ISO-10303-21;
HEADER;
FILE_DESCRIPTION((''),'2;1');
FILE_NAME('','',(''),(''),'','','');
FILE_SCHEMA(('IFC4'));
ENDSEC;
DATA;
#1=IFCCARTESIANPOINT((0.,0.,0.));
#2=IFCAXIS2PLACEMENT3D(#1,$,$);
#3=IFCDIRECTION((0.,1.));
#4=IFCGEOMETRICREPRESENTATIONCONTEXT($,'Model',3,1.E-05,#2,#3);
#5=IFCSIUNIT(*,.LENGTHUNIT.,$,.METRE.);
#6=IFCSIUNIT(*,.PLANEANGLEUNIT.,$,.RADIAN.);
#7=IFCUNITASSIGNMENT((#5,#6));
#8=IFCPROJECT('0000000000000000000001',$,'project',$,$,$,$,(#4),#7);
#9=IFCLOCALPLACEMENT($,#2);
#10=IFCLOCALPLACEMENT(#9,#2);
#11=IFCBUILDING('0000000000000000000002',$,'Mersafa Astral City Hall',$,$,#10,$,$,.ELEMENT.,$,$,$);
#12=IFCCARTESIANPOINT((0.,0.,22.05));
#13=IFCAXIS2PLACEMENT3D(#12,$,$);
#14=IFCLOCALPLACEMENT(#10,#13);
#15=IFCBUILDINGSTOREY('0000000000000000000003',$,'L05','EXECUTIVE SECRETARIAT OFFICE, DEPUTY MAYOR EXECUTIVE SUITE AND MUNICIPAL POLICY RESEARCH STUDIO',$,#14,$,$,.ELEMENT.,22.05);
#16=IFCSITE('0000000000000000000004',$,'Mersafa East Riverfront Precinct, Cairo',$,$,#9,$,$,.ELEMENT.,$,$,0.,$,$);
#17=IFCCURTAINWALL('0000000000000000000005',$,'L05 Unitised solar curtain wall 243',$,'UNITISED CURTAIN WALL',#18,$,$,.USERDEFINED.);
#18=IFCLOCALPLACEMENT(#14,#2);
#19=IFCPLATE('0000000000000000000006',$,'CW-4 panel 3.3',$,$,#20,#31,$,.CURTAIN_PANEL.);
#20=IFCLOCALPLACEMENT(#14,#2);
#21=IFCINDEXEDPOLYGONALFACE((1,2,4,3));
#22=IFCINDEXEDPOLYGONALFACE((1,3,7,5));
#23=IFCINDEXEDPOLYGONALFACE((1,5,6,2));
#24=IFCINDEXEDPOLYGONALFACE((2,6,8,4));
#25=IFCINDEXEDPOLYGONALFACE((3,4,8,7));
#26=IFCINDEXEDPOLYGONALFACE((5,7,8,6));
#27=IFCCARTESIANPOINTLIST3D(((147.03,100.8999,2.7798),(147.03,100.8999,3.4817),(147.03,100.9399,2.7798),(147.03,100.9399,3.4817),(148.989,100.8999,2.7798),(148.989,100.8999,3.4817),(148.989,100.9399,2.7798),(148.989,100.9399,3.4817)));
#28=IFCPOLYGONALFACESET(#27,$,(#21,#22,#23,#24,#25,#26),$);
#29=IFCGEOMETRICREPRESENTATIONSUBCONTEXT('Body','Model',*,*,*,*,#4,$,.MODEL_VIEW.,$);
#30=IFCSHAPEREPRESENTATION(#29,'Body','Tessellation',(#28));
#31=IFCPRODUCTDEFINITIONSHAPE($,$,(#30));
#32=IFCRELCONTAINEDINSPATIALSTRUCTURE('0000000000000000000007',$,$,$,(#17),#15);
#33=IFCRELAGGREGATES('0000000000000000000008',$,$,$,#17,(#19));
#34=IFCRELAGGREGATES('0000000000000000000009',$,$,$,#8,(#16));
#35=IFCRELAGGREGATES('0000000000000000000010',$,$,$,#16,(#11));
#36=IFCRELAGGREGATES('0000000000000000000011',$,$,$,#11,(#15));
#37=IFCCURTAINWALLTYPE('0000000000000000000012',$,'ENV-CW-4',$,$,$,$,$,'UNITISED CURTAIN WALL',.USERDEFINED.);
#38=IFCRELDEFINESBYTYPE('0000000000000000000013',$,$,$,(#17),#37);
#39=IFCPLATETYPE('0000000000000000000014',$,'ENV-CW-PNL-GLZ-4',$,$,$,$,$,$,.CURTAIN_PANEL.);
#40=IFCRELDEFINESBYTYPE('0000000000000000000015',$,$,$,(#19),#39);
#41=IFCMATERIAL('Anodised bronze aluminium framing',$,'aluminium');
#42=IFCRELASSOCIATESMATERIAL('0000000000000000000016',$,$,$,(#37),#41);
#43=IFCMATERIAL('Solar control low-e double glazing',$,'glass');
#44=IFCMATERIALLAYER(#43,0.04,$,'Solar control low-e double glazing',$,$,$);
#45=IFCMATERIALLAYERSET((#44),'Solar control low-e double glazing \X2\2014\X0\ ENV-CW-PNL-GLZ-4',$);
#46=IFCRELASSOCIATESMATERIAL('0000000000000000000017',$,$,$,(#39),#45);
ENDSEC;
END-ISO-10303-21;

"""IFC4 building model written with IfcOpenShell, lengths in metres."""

from ifc_helpers import new_model, si_unit, direction, frame, origin, origin_2d, place, context, subcontext, project, spatial, rectangle, extrude, material, layer, layer_set, type_object, element, aggregate, save


model = new_model("IFC4")

# Units and contexts
model_context = context("Model", 3, precision=1e-05, world=origin(), true_north=direction((0.0, 1.0)))
body_context = subcontext(model_context, "Body", "Model", "MODEL_VIEW")
ifc_project = project(units=[si_unit("LENGTHUNIT", "METRE"), si_unit("PLANEANGLEUNIT", "RADIAN")], contexts=[model_context])

# Site, building, storey
site_placement = place(None, origin())
site = spatial("IfcSite", under=ifc_project, at=site_placement, Name="Mersafa East Riverfront Precinct, Cairo", CompositionType="ELEMENT", RefElevation=0.0)
building_placement = place(site_placement, origin())
building = spatial("IfcBuilding", under=site, at=building_placement, Name="Mersafa Astral City Hall", CompositionType="ELEMENT")
storey_placement = place(building_placement, frame((0.0, 0.0, 22.05)))
storey = spatial("IfcBuildingStorey", under=building, at=storey_placement, Name="L05", Description="EXECUTIVE SECRETARIAT OFFICE, DEPUTY MAYOR EXECUTIVE SUITE AND MUNICIPAL POLICY RESEARCH STUDIO", CompositionType="ELEMENT", Elevation=22.05)

# Curtain wall, plate
ifc_material_1 = material(Name="Anodised bronze aluminium framing", Category="aluminium")
curtain_wall_type = type_object("IfcCurtainWallType", Name="ENV-CW-4", ElementType="UNITISED CURTAIN WALL", PredefinedType="USERDEFINED", material=ifc_material_1)
curtain_wall_placement = place(storey_placement, origin())
curtain_wall = element("IfcCurtainWall", 1, at=curtain_wall_placement, inside=storey, type_object=curtain_wall_type, Name="L05 Unitised solar curtain wall 243", ObjectType="UNITISED CURTAIN WALL", PredefinedType="USERDEFINED")
ifc_material_2 = material(Name="Solar control low-e double glazing", Category="glass")
ifc_layer = layer(ifc_material_2, 0.04, Name="Solar control low-e double glazing")
ifc_layer_set = layer_set([ifc_layer], Name="Solar control low-e double glazing — ENV-CW-PNL-GLZ-4")
plate_type = type_object("IfcPlateType", Name="ENV-CW-PNL-GLZ-4", PredefinedType="CURTAIN_PANEL", material=ifc_layer_set)
plate_1_placement = place(storey_placement, frame((148.0095, 100.9199, 2.7798), z_axis=(0.0, 0.0, 1.0), x_axis=(1.0, 0.0, 0.0)))
plate_1 = element("IfcPlate", 2, at=plate_1_placement, type_object=plate_type, Name="CW-4 panel 3.3", PredefinedType="CURTAIN_PANEL", context=body_context, shape_type="SweptSolid", body=[
    extrude(rectangle(XDim=1.959, YDim=0.04, at=origin_2d()), origin(), (0.0, 0.0, 1.0), 0.7019),
])
aggregate(curtain_wall, [plate_1])

save(model, "model.ifc")
